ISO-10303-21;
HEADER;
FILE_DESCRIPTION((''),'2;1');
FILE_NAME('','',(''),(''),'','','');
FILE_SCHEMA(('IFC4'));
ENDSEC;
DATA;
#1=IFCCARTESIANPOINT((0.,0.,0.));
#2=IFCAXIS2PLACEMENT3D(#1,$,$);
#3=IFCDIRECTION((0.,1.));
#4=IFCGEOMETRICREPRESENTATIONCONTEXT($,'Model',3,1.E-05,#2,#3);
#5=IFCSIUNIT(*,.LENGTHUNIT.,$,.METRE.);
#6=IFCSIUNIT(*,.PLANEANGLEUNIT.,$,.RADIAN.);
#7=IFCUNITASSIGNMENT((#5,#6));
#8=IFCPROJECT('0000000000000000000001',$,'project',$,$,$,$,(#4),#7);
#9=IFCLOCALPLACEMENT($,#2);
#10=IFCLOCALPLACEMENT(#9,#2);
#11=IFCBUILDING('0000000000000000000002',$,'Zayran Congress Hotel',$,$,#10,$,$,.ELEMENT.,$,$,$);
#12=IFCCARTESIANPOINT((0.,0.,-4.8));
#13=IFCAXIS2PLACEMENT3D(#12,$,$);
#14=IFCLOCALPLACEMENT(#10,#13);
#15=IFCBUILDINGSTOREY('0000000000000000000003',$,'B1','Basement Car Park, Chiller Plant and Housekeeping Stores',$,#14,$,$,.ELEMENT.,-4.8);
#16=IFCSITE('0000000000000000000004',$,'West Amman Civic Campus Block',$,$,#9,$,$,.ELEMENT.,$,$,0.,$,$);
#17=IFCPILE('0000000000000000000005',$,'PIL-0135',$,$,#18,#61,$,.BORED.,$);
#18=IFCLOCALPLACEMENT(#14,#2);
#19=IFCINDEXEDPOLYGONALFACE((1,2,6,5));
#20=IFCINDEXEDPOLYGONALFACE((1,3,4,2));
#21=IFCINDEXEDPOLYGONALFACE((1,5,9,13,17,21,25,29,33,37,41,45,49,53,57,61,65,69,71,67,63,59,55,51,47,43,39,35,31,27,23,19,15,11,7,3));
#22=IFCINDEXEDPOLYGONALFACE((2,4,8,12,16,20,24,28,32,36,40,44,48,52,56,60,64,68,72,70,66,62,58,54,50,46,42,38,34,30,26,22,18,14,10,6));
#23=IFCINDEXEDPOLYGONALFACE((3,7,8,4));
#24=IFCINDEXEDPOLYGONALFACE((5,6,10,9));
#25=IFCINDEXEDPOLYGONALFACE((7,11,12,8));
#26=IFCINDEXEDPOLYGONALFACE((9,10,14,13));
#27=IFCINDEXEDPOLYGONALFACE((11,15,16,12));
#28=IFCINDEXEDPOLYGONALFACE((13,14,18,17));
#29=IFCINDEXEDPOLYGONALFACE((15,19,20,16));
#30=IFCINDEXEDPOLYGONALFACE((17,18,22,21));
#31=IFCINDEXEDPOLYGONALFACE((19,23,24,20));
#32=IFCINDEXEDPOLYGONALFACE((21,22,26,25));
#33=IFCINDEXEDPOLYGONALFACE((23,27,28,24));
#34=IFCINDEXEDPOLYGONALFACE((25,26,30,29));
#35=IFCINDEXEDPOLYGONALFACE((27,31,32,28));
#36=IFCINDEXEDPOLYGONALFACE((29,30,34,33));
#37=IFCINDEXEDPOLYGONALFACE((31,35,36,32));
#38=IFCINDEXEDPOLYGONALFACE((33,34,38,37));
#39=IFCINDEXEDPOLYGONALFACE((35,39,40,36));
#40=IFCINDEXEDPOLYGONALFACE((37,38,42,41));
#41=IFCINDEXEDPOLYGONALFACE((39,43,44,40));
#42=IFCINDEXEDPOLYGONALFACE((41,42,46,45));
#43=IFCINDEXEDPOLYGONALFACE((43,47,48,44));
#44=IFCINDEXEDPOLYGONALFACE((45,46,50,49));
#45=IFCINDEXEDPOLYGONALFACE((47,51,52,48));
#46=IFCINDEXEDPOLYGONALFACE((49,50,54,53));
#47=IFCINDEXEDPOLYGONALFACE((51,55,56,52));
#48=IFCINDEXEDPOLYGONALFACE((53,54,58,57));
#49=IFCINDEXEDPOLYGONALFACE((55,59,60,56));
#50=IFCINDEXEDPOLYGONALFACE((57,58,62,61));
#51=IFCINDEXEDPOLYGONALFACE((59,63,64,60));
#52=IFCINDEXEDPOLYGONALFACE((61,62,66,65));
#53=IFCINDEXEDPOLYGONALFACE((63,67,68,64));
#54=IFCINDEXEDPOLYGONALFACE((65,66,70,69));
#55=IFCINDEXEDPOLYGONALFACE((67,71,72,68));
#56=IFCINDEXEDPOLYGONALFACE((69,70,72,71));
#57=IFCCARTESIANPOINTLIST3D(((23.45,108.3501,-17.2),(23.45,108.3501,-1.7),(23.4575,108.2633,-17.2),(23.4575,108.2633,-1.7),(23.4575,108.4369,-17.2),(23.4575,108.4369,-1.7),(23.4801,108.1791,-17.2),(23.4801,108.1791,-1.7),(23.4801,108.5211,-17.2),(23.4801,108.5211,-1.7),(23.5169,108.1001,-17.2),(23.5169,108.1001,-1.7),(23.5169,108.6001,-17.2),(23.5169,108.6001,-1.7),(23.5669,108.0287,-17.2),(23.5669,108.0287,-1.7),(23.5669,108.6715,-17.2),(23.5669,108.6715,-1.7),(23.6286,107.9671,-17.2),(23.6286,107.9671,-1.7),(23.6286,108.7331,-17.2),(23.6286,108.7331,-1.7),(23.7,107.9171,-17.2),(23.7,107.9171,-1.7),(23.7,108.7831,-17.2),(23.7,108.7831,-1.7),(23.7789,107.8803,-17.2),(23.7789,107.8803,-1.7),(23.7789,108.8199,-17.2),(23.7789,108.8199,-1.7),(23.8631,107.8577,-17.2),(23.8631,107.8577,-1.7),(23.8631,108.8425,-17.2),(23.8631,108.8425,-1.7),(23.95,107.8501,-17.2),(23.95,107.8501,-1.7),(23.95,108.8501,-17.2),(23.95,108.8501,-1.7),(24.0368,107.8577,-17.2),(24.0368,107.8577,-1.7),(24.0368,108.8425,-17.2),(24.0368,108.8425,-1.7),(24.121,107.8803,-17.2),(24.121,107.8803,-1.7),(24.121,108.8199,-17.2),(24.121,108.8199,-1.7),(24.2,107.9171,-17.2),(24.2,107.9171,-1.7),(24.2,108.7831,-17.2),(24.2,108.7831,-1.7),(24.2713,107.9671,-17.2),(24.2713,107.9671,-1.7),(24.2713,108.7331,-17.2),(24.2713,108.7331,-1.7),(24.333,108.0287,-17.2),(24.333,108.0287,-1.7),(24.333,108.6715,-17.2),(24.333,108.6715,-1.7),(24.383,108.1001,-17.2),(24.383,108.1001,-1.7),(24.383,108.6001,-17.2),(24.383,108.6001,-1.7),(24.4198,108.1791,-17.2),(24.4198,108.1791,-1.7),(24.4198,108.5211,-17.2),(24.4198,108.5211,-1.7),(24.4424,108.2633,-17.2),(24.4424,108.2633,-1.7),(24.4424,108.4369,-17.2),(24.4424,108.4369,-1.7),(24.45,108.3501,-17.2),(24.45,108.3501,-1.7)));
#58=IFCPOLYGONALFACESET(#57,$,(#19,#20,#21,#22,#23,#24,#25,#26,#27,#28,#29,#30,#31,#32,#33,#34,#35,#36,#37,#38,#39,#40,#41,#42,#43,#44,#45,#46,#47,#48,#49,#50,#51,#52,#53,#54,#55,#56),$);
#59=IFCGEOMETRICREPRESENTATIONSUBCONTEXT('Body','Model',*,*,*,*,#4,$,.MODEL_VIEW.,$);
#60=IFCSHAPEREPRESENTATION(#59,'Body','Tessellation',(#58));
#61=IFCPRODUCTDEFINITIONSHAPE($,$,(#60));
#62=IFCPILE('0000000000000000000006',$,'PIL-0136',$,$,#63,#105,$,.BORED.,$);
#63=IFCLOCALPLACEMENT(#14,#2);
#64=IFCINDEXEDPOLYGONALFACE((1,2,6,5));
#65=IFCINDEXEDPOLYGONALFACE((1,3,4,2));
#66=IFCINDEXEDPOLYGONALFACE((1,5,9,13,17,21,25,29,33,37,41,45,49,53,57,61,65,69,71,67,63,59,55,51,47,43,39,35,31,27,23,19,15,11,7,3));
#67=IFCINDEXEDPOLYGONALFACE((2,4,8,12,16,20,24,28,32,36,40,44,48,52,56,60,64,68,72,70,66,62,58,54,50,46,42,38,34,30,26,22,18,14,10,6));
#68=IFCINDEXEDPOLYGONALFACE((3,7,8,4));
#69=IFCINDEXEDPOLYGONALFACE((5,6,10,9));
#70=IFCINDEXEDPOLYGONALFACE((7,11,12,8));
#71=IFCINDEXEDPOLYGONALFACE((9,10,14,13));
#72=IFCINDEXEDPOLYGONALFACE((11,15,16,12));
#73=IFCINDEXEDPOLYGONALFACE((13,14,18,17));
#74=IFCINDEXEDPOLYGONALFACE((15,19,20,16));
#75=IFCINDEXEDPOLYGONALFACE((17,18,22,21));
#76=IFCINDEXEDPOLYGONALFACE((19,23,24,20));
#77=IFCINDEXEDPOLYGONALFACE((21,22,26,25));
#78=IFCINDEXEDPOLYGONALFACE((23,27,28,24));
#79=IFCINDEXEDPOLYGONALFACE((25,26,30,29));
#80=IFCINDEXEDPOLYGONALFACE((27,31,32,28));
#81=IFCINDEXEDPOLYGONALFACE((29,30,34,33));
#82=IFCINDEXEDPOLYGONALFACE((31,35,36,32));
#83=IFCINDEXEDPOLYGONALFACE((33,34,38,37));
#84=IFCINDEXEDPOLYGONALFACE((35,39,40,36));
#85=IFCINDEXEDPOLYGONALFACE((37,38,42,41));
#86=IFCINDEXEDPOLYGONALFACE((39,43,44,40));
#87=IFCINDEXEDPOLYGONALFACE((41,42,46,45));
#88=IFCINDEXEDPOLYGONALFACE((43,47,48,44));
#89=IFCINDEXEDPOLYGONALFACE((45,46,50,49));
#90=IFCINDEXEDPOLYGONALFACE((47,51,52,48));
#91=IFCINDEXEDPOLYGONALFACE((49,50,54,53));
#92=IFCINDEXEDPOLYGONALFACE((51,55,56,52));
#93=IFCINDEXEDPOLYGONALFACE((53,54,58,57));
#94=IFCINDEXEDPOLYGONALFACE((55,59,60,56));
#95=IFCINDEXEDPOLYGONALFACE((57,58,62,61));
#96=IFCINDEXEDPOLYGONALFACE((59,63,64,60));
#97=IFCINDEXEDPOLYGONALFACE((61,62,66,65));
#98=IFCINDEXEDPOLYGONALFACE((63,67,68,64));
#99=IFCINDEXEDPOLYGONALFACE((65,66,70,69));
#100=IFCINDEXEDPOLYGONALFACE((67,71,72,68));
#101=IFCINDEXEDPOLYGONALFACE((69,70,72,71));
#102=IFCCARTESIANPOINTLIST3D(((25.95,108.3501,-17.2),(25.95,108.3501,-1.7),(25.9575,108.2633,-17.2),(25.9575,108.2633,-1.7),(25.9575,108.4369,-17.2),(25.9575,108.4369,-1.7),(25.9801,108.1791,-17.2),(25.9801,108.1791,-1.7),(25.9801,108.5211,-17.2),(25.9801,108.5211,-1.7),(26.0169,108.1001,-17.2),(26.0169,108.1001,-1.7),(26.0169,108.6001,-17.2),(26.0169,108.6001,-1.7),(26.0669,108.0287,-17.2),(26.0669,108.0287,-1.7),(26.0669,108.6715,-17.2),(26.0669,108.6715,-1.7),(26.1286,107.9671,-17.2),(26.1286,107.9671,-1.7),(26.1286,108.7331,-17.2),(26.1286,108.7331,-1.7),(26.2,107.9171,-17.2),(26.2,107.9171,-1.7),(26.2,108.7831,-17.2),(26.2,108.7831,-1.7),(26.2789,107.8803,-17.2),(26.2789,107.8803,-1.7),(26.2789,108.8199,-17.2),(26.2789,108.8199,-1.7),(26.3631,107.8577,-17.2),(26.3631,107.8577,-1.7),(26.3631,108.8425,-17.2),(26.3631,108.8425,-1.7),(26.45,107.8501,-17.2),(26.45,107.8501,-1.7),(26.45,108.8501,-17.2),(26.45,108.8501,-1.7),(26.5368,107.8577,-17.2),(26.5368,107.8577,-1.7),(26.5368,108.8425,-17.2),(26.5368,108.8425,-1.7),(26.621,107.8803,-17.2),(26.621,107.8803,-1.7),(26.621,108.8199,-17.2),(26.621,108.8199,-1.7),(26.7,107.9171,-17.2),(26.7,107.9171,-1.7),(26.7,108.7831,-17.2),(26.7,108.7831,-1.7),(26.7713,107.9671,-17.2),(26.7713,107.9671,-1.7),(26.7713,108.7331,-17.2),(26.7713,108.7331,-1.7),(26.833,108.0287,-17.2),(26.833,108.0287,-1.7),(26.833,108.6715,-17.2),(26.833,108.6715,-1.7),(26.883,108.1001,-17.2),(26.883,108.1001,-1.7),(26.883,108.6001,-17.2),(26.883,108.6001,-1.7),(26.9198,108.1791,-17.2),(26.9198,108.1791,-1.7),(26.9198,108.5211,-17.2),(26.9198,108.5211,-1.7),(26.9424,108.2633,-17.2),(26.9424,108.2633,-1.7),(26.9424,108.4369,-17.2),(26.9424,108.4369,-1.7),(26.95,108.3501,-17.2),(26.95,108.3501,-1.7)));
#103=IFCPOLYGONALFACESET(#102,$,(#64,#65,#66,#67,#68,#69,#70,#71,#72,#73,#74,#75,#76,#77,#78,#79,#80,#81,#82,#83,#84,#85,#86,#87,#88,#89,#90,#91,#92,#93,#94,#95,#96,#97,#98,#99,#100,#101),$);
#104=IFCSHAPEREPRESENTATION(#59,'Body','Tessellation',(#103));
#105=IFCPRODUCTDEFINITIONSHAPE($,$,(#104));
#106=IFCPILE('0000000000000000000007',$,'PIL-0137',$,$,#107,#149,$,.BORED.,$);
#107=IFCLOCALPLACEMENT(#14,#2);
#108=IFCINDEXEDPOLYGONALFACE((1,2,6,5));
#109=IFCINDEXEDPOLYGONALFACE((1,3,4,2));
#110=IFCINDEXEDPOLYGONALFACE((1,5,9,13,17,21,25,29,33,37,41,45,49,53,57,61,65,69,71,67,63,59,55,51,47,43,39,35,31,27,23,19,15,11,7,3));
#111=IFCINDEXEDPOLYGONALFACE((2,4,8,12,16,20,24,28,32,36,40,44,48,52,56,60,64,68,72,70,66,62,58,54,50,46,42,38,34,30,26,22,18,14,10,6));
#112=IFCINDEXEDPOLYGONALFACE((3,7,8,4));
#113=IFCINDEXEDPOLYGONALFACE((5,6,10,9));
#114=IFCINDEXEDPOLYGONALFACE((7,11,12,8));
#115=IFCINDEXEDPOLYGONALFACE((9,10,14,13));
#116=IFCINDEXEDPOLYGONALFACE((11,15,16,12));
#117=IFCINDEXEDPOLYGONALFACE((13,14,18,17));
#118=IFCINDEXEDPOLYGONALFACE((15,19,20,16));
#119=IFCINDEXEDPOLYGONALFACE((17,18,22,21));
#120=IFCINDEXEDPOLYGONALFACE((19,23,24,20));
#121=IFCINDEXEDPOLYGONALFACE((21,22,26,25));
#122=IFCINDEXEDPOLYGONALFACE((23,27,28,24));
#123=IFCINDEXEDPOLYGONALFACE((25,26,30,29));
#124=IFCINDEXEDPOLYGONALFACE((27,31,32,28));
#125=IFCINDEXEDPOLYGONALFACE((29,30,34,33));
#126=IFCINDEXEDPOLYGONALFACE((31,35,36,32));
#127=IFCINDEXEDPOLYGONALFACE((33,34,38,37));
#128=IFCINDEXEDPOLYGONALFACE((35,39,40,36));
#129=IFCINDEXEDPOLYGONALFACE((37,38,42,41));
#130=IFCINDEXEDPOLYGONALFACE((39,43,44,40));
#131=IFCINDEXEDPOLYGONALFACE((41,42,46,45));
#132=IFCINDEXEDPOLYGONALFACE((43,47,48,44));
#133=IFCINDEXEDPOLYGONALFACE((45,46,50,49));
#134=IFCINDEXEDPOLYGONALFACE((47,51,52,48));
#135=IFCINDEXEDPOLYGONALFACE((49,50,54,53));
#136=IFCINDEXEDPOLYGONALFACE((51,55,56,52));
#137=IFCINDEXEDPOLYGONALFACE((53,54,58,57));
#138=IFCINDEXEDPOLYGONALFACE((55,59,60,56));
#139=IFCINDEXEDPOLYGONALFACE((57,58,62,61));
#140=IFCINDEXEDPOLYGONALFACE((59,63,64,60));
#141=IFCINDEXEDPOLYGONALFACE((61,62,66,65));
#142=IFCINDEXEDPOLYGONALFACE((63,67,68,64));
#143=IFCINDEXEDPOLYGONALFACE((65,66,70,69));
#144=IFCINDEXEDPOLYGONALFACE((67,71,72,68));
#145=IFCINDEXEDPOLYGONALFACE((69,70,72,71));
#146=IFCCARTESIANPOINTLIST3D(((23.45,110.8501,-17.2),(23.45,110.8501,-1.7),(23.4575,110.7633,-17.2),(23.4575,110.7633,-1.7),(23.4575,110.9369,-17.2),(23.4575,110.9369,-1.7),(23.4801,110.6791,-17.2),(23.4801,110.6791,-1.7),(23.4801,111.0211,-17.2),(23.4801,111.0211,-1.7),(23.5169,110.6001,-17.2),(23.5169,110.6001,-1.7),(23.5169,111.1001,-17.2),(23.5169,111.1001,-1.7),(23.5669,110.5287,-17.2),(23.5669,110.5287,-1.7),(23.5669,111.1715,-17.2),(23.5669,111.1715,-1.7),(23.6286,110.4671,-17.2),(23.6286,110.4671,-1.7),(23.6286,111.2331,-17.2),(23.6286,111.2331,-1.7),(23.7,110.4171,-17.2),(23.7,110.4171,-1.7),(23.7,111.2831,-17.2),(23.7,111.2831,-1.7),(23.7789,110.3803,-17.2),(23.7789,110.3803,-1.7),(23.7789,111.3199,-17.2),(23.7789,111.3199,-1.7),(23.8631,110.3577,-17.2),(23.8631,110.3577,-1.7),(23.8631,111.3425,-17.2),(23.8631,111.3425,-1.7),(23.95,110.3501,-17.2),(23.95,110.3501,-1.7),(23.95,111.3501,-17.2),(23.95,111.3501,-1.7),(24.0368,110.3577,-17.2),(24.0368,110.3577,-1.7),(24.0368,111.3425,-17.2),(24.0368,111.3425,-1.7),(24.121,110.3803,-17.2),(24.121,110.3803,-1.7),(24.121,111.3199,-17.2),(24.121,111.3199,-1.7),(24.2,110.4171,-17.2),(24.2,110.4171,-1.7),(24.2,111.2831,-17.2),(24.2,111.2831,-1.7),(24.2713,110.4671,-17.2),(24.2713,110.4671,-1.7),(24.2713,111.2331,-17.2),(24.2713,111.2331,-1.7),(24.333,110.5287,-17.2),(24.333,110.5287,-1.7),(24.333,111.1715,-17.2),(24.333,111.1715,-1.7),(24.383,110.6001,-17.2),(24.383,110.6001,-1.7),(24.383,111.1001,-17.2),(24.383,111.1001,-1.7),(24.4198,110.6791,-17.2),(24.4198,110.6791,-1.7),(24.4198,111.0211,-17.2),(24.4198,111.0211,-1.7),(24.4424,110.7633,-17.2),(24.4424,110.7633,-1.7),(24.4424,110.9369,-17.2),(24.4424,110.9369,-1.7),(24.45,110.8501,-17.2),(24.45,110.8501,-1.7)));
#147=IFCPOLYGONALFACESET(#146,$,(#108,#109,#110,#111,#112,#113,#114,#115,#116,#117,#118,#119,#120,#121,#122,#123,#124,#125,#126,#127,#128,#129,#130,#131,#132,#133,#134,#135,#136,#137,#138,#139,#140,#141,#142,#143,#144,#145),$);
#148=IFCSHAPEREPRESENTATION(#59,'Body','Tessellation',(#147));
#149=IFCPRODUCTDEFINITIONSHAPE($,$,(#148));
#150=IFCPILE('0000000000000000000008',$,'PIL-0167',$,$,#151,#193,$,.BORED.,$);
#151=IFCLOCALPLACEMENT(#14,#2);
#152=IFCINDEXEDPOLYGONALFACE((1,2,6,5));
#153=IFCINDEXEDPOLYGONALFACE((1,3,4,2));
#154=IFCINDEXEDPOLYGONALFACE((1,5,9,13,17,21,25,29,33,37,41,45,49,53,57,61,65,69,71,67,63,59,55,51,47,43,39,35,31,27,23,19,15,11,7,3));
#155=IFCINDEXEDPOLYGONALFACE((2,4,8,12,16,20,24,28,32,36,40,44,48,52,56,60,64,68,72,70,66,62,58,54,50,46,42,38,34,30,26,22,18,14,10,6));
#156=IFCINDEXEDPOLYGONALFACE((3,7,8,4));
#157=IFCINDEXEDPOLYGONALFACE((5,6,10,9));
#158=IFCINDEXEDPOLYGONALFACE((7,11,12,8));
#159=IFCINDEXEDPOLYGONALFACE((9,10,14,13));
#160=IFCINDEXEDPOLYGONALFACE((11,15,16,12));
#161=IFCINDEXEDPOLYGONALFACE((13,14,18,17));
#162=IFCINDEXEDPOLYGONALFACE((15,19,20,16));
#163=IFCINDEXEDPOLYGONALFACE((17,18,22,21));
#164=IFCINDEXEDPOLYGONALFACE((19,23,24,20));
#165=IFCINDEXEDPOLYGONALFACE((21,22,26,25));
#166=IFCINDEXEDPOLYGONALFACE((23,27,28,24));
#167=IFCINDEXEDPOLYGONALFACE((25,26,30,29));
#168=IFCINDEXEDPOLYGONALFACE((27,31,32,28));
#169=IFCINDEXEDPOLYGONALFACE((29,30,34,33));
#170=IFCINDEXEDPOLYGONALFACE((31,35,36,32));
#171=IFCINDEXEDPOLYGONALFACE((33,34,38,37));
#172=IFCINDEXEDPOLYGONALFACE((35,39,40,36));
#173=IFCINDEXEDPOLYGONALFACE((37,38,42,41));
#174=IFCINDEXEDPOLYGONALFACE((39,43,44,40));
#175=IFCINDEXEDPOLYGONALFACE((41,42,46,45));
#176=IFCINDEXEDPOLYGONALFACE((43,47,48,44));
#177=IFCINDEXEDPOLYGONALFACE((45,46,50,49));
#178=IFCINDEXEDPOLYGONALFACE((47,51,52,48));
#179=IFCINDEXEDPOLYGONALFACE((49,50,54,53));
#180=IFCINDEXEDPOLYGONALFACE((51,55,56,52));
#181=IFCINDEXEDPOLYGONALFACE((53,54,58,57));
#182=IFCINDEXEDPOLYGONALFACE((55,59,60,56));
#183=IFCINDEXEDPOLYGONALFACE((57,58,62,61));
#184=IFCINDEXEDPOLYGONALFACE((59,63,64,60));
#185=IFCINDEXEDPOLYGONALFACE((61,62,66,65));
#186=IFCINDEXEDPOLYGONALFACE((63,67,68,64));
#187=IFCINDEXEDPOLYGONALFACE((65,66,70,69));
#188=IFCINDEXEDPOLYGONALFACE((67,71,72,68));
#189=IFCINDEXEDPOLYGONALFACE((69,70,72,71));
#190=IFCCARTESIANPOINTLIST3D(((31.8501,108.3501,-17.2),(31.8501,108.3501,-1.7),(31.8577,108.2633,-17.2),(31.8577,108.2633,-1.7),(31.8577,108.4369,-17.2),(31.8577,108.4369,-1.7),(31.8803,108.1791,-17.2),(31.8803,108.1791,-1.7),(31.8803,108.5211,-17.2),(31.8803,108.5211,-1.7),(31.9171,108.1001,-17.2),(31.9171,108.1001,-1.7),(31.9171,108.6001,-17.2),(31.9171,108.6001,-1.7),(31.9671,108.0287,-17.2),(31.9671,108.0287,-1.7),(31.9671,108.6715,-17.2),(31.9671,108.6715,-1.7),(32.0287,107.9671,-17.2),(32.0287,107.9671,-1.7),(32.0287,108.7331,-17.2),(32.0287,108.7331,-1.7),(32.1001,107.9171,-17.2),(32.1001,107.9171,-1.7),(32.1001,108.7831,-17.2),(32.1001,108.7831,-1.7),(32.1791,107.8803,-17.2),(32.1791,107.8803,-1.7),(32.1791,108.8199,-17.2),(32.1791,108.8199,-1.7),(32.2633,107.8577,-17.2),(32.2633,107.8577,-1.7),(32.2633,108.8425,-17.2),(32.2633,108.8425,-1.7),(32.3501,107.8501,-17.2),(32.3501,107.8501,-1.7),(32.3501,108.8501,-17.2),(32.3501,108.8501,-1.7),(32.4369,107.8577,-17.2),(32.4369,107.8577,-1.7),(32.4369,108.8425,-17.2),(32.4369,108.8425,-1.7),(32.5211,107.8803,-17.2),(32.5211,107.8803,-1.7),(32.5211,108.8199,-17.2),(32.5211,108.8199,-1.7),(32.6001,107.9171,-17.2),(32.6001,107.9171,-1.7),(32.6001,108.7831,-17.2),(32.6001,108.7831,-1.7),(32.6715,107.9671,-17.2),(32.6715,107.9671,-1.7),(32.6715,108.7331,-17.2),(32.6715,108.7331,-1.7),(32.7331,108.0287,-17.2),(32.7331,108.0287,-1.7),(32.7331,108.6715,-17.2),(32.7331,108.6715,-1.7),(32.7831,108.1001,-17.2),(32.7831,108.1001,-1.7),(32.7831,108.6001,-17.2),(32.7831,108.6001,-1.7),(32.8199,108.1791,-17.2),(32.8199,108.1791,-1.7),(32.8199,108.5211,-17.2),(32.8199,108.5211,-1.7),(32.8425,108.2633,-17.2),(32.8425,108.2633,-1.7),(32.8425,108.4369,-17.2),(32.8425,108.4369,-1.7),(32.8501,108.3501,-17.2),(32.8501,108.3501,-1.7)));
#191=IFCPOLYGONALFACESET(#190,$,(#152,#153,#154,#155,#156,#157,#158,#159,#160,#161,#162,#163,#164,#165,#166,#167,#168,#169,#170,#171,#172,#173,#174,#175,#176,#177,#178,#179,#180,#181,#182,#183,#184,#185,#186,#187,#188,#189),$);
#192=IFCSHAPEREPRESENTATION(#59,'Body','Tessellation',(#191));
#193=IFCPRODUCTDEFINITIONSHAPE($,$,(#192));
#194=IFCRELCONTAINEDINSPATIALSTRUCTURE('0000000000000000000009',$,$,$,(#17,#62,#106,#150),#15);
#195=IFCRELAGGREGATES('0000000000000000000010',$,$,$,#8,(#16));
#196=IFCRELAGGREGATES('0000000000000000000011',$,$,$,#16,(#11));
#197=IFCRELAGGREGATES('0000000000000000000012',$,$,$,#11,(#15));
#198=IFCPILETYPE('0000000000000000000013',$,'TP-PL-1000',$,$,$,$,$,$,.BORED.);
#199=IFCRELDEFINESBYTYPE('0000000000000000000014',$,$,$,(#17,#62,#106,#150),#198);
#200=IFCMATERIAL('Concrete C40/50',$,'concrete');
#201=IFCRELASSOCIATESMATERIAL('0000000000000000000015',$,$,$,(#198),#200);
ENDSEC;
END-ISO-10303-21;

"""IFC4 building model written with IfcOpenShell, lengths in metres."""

from ifc_helpers import new_model, si_unit, direction, frame, origin, origin_2d, place, context, subcontext, project, spatial, circle, extrude, material, material_profile, profile_set, type_object, element, save


model = new_model("IFC4")

# Units and contexts
model_context = context("Model", 3, precision=1e-05, world=origin(), true_north=direction((0.0, 1.0)))
body_context = subcontext(model_context, "Body", "Model", "MODEL_VIEW")
ifc_project = project(units=[si_unit("LENGTHUNIT", "METRE"), si_unit("PLANEANGLEUNIT", "RADIAN")], contexts=[model_context])

# Site, building, storey
site_placement = place(None, origin())
site = spatial("IfcSite", under=ifc_project, at=site_placement, Name="West Amman Civic Campus Block", CompositionType="ELEMENT", RefElevation=0.0)
building_placement = place(site_placement, origin())
building = spatial("IfcBuilding", under=site, at=building_placement, Name="Zayran Congress Hotel", CompositionType="ELEMENT")
storey_placement = place(building_placement, frame((0.0, 0.0, -4.8)))
storey = spatial("IfcBuildingStorey", under=building, at=storey_placement, Name="B1", Description="Basement Car Park, Chiller Plant and Housekeeping Stores", CompositionType="ELEMENT", Elevation=-4.8)

# Piles
ifc_material_1 = material(Name="Concrete C40/50", Category="concrete")
ifc_material_profile_1 = material_profile(ifc_material_1, circle(Radius=0.5, at=origin_2d()), Name="PILE D1000")
ifc_profile_set_1 = profile_set([ifc_material_profile_1], Name="Concrete C40/50")
pile_type = type_object("IfcPileType", Name="TP-PL-1000", PredefinedType="BORED", material=ifc_profile_set_1)
for number, where, z_axis, x_axis, name in (
    (1, (23.95, 108.3501, -1.7), (0.0, 0.0, -1.0), (1.0, 0.0, 0.0), "PIL-0135"),
    (2, (26.45, 108.3501, -1.7), (0.0, 0.0, -1.0), (1.0, 0.0, 0.0), "PIL-0136"),
    (3, (23.95, 110.8501, -1.7), (0.0, 0.0, -1.0), (1.0, 0.0, 0.0), "PIL-0137"),
    (4, (32.3501, 108.3501, -1.7), (0.0, 0.0, -1.0), (1.0, 0.0, 0.0), "PIL-0167"),
):
    element("IfcPile", number, at=place(storey_placement, frame(where, z_axis=z_axis, x_axis=x_axis)), inside=storey, type_object=pile_type, Name=name, PredefinedType="BORED", context=body_context, shape_type="SweptSolid", body=[
        extrude(circle(Radius=0.5, at=origin_2d()), origin(), (0.0, 0.0, 1.0), 15.5),
    ])

save(model, "model.ifc")
